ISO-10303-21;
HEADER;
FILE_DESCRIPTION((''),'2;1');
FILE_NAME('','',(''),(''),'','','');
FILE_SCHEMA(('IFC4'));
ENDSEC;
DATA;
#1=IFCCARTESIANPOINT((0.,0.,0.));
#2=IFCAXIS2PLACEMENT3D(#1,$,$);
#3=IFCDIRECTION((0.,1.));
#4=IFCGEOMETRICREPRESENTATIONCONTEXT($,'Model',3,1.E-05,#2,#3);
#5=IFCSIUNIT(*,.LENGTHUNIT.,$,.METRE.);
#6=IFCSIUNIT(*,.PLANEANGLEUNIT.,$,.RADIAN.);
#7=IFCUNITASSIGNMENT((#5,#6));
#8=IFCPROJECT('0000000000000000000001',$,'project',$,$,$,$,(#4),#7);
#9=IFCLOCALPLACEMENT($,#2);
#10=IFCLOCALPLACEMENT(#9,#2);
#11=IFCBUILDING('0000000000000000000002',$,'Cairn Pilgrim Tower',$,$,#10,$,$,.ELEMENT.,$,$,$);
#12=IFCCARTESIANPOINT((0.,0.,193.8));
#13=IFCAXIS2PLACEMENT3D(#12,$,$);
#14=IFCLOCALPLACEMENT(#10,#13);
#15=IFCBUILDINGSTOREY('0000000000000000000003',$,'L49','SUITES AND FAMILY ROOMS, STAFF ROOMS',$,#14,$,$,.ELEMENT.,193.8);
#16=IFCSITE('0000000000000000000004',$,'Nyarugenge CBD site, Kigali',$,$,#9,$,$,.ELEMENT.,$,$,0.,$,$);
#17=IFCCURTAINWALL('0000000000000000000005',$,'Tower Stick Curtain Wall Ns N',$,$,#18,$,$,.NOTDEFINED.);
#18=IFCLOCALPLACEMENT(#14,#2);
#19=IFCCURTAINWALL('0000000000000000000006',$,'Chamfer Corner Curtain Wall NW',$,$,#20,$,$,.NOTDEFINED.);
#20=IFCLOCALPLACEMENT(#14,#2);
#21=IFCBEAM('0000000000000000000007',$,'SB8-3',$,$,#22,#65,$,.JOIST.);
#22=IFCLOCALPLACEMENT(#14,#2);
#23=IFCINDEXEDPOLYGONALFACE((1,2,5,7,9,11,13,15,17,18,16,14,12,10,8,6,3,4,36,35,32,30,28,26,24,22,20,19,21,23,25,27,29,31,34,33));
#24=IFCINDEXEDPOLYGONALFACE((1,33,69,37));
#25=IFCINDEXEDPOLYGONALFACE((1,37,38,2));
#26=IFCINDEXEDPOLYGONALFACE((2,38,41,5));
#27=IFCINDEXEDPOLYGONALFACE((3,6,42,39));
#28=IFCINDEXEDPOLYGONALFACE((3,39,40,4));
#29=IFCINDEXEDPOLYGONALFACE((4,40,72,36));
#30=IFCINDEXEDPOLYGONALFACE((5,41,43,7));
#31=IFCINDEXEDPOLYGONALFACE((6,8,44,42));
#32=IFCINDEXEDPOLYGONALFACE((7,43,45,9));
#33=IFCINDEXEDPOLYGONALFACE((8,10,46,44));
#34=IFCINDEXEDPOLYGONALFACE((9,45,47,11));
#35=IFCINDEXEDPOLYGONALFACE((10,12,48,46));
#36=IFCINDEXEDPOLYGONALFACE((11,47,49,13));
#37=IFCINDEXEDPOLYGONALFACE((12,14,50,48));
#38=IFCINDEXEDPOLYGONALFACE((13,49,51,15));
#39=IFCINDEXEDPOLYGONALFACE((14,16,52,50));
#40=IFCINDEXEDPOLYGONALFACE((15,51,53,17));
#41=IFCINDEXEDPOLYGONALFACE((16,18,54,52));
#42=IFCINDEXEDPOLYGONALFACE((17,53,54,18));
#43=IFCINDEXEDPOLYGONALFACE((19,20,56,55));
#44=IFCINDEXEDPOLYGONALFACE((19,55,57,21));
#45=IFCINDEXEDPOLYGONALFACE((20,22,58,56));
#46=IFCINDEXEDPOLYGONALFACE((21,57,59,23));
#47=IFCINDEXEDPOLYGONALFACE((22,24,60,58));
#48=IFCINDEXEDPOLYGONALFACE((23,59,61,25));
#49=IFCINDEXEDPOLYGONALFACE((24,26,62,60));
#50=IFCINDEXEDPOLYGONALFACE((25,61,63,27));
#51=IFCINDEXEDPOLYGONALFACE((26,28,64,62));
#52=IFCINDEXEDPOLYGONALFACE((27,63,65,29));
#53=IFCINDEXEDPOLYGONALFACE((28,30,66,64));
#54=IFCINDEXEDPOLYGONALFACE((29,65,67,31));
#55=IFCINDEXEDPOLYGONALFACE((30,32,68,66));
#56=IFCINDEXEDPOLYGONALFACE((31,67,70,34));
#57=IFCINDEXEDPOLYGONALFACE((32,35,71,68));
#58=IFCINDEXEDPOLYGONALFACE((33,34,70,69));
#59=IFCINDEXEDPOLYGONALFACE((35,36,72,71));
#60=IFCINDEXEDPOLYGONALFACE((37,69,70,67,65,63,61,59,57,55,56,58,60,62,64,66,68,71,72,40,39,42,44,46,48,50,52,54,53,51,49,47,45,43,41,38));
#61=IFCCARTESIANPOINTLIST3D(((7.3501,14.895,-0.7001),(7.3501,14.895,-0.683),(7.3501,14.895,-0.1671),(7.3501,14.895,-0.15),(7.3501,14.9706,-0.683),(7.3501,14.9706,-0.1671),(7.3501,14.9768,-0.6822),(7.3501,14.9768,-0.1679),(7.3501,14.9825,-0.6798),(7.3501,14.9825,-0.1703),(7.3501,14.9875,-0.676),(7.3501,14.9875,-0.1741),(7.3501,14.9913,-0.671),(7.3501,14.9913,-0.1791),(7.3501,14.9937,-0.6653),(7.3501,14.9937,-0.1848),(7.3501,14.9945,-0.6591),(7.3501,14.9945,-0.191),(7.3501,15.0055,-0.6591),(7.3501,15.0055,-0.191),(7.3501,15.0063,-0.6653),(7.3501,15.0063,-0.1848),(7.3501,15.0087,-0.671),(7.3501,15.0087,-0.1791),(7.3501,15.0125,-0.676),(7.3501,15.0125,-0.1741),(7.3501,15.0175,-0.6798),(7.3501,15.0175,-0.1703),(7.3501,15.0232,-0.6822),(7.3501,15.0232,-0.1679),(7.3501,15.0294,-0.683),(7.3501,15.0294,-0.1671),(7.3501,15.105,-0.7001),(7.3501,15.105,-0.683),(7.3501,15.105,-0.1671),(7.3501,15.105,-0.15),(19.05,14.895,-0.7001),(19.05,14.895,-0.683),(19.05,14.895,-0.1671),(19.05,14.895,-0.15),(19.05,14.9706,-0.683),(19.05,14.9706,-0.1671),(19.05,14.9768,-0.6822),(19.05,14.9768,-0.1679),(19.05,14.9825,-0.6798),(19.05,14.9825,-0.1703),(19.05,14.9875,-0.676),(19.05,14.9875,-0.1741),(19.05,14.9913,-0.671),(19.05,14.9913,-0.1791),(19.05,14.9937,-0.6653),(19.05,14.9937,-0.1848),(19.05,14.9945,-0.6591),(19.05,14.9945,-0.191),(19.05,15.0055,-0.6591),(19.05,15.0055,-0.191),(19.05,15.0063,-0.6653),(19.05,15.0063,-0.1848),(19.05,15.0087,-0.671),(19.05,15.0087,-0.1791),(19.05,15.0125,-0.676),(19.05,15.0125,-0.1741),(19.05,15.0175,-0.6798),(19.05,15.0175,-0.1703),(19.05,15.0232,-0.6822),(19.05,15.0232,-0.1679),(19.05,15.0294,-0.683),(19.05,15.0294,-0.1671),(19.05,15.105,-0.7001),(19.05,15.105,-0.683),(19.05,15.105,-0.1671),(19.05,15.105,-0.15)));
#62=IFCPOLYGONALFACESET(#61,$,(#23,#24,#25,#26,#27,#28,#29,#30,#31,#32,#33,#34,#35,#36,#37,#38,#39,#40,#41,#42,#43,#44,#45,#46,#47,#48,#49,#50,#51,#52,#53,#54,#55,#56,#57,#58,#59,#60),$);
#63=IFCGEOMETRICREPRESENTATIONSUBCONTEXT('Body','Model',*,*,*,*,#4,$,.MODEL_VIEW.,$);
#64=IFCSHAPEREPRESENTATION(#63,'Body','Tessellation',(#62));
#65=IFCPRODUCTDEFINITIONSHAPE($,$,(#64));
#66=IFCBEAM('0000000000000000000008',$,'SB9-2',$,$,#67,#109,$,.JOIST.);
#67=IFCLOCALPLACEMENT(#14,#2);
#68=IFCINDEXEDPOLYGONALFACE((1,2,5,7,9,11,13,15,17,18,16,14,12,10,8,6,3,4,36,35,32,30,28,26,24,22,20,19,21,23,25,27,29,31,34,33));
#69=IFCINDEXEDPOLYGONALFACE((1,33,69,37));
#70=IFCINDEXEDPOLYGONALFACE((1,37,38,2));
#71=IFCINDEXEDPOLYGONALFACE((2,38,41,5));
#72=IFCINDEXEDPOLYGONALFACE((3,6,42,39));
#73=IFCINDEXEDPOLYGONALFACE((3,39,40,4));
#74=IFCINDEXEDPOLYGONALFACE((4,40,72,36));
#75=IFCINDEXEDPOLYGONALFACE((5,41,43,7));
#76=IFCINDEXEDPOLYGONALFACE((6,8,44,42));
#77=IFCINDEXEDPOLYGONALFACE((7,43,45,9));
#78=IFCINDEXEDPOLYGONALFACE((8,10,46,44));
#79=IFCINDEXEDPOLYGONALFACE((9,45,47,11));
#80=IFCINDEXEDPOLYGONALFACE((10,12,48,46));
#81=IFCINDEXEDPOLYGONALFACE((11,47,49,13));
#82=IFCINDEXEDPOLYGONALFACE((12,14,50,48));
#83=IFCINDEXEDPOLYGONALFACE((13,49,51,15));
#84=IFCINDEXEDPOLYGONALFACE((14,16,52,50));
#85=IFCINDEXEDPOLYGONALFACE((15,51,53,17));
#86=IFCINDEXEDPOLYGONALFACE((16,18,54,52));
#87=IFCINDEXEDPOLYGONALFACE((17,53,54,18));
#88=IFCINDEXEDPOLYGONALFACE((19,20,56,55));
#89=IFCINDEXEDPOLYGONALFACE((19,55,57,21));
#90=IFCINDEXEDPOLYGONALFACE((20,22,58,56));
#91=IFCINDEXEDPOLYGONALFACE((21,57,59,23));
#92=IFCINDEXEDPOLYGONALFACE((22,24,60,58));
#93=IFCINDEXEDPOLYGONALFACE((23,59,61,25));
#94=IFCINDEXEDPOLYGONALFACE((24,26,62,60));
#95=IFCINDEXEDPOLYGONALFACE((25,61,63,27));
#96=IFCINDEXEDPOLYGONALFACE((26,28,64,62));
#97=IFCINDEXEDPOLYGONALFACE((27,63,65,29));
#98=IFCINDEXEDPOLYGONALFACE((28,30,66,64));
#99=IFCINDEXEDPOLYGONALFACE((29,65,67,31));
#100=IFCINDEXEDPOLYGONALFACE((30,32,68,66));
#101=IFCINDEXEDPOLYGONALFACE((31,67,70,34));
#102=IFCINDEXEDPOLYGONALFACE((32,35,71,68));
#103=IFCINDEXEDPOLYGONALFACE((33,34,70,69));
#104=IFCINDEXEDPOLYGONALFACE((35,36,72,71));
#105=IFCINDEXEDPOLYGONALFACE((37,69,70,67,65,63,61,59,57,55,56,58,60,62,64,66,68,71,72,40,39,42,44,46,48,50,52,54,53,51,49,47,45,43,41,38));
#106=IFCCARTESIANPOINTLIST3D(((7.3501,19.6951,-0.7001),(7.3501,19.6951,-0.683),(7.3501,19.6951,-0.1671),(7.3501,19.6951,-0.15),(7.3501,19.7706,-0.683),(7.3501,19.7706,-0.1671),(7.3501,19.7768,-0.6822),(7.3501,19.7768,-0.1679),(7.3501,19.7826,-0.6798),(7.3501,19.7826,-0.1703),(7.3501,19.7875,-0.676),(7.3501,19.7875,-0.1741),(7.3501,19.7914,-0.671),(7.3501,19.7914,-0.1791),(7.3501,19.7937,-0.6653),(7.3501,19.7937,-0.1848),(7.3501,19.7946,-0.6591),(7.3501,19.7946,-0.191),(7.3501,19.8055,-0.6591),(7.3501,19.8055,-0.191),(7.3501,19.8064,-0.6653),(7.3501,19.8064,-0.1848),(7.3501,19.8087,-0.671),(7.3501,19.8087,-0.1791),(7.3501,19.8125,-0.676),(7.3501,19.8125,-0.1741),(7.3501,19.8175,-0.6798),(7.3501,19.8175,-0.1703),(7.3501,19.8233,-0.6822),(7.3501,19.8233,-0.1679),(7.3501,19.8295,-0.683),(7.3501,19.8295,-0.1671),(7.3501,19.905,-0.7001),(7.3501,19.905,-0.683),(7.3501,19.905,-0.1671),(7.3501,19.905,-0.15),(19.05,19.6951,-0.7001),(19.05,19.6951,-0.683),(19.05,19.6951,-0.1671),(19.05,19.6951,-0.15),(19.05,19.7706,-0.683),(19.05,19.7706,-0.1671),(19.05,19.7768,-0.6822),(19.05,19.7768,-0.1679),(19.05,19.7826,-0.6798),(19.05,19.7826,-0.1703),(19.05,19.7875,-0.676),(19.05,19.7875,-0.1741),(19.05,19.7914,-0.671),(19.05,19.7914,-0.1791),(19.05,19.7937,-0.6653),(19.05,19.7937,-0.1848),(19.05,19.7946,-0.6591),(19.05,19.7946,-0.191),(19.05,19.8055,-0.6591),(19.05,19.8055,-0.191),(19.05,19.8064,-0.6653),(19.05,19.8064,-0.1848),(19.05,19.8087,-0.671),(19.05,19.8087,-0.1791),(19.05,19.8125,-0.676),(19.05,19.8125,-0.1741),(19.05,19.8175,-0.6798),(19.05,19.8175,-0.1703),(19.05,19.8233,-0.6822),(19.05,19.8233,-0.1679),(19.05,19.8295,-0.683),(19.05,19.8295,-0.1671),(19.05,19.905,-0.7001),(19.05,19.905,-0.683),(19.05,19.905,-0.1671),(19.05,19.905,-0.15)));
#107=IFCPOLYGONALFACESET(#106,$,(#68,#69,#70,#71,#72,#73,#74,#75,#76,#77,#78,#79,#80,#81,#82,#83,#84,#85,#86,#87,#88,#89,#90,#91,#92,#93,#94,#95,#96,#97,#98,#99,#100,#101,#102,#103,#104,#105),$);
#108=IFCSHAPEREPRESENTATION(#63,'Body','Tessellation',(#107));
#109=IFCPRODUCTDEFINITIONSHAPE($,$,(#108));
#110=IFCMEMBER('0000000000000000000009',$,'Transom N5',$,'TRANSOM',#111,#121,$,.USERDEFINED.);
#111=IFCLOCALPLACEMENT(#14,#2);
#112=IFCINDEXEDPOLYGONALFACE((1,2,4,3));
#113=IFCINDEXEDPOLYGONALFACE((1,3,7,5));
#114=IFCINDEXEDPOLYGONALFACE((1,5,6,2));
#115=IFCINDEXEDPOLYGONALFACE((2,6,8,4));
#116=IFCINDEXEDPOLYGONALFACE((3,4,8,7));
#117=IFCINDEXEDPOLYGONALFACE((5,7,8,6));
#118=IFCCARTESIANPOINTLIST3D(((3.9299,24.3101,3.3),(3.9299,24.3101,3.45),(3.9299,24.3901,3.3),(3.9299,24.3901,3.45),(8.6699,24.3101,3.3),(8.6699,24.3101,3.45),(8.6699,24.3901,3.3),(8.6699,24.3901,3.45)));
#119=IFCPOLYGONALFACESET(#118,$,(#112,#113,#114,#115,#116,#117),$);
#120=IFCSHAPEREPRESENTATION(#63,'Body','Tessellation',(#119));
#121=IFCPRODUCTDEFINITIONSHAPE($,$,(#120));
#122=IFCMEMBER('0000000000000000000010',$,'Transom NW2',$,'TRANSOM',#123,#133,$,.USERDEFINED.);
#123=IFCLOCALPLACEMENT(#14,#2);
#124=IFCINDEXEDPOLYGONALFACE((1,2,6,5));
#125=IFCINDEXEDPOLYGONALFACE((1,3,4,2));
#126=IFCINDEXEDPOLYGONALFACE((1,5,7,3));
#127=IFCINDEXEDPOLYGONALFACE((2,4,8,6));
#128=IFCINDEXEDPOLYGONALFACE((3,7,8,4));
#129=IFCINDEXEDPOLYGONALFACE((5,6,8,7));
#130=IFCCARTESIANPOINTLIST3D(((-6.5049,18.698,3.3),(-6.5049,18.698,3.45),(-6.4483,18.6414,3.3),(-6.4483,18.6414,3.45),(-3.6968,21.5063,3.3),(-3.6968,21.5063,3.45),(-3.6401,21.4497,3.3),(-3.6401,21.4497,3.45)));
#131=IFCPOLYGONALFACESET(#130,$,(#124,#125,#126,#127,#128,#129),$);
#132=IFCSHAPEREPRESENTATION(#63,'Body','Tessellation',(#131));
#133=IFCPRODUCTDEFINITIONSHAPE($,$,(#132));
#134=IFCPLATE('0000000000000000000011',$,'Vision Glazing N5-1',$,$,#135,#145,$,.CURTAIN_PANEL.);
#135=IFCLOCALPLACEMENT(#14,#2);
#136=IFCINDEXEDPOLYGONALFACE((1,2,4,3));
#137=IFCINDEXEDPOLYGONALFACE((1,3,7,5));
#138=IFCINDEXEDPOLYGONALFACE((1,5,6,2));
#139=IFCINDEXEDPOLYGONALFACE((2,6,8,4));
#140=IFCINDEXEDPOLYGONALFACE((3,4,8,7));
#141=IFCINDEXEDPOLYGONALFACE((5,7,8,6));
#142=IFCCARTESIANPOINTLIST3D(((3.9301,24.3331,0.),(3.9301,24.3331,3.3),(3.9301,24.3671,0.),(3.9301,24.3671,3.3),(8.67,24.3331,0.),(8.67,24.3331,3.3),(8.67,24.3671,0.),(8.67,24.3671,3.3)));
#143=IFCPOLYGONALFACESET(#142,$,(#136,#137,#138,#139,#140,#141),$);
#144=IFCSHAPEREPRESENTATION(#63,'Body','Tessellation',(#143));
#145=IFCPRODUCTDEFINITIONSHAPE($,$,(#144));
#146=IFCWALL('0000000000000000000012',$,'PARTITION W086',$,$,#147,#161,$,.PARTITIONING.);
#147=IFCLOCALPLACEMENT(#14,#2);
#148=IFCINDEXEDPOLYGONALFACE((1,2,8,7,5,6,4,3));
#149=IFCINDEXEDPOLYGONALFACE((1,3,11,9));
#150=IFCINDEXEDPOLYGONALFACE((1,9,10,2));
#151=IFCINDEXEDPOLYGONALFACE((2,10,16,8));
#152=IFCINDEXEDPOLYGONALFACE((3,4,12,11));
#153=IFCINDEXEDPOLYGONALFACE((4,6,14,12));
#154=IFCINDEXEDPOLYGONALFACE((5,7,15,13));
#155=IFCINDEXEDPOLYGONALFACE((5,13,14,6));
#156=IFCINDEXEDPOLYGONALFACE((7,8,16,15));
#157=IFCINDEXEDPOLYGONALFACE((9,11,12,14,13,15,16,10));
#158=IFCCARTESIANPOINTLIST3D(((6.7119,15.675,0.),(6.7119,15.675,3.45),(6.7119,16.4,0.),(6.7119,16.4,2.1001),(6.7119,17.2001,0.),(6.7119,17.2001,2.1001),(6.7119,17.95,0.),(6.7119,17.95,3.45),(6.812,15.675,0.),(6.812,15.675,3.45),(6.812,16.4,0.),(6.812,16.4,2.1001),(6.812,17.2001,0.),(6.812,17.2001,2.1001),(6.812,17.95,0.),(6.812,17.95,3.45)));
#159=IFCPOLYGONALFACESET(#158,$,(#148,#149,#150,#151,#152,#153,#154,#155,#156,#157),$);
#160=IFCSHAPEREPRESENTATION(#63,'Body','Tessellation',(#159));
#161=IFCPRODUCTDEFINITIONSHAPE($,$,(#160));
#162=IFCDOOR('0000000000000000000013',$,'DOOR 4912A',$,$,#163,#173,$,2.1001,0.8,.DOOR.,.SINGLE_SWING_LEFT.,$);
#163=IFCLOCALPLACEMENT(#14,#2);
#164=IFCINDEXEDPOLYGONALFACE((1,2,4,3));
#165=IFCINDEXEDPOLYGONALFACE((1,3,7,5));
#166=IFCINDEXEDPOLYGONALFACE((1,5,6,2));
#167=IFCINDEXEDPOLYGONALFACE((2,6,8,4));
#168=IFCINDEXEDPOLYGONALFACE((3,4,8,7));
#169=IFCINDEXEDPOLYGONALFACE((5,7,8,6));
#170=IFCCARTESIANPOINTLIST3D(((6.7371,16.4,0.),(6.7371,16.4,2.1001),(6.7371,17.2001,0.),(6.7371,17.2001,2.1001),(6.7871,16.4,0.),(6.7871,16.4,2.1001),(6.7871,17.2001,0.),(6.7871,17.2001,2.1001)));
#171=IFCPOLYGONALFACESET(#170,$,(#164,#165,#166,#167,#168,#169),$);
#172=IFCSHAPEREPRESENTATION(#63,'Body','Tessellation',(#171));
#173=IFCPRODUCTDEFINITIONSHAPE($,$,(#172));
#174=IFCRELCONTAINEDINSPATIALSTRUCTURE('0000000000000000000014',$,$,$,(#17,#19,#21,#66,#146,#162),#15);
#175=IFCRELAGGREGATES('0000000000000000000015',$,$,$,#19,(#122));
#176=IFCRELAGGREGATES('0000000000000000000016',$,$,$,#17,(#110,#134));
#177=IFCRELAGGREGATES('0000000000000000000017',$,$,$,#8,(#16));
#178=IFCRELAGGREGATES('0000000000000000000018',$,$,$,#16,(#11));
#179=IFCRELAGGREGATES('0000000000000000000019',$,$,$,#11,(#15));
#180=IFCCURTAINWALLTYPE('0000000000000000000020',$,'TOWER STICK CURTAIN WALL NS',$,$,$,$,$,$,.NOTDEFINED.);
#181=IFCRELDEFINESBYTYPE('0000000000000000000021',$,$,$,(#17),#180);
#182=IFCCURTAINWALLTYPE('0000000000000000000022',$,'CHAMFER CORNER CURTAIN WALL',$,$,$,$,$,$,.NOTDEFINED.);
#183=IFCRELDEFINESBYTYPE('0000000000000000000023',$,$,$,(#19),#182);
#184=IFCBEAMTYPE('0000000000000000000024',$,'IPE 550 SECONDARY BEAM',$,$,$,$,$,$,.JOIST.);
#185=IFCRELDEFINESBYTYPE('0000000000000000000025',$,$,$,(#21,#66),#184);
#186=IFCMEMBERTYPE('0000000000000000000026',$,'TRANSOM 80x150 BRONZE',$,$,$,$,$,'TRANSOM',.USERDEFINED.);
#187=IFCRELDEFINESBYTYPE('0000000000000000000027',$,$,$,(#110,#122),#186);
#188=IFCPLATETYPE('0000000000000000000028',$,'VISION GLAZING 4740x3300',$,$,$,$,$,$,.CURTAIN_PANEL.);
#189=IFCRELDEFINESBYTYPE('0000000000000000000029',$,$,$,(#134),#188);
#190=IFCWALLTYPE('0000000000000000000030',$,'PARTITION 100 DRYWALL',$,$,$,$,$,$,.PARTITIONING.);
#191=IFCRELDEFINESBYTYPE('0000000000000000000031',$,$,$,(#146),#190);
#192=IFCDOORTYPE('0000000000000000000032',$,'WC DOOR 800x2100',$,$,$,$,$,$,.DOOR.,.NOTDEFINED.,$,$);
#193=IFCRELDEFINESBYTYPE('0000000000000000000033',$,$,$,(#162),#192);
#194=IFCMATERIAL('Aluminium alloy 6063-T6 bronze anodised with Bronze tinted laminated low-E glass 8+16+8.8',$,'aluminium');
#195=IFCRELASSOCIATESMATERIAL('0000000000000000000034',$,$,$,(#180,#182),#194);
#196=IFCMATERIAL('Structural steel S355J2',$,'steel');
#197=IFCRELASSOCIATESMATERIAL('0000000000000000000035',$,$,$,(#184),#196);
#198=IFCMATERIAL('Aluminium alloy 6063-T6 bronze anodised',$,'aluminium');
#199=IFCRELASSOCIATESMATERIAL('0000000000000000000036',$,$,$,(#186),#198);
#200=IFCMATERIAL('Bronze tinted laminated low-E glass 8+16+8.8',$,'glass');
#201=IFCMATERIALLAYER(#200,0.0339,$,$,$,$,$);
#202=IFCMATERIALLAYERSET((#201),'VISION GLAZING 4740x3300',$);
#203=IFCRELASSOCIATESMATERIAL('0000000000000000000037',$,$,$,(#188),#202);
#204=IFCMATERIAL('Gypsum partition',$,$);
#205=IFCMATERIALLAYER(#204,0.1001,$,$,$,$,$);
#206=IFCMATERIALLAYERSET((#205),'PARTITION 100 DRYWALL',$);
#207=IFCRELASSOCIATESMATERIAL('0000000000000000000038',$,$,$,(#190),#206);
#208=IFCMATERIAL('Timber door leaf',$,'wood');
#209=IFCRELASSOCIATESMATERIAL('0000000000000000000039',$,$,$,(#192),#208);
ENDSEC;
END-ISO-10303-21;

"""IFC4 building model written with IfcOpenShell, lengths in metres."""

from ifc_helpers import new_model, si_unit, direction, frame, frame_2d, origin, origin_2d, place, context, subcontext, project, spatial, rectangle, i_section, extrude, material, layer, layer_set, material_profile, profile_set, type_object, element, fill, aggregate, save


model = new_model("IFC4")

# Units and contexts
model_context = context("Model", 3, precision=1e-05, world=origin(), true_north=direction((0.0, 1.0)))
body_context = subcontext(model_context, "Body", "Model", "MODEL_VIEW")
ifc_project = project(units=[si_unit("LENGTHUNIT", "METRE"), si_unit("PLANEANGLEUNIT", "RADIAN")], contexts=[model_context])

# Site, building, storey
site_placement = place(None, origin())
site = spatial("IfcSite", under=ifc_project, at=site_placement, Name="Nyarugenge CBD site, Kigali", CompositionType="ELEMENT", RefElevation=0.0)
building_placement = place(site_placement, origin())
building = spatial("IfcBuilding", under=site, at=building_placement, Name="Cairn Pilgrim Tower", CompositionType="ELEMENT")
storey_placement = place(building_placement, frame((0.0, 0.0, 193.8)))
storey = spatial("IfcBuildingStorey", under=building, at=storey_placement, Name="L49", Description="SUITES AND FAMILY ROOMS, STAFF ROOMS", CompositionType="ELEMENT", Elevation=193.8)

# Shared definitions
ifc_material_1 = material(Name="Structural steel S355J2", Category="steel")

# Curtain wall
ifc_material_2 = material(Name="Aluminium alloy 6063-T6 bronze anodised with Bronze tinted laminated low-E glass 8+16+8.8", Category="aluminium")
curtain_wall_type_1 = type_object("IfcCurtainWallType", Name="TOWER STICK CURTAIN WALL NS", PredefinedType="NOTDEFINED", material=ifc_material_2)
curtain_wall_1_placement = place(storey_placement, origin())
curtain_wall_1 = element("IfcCurtainWall", 1, at=curtain_wall_1_placement, inside=storey, type_object=curtain_wall_type_1, Name="Tower Stick Curtain Wall Ns N", PredefinedType="NOTDEFINED")
ifc_material_3 = material(Name="Aluminium alloy 6063-T6 bronze anodised", Category="aluminium")

# Curtain wall
curtain_wall_type_2 = type_object("IfcCurtainWallType", Name="CHAMFER CORNER CURTAIN WALL", PredefinedType="NOTDEFINED", material=ifc_material_2)
curtain_wall_2_placement = place(storey_placement, origin())
curtain_wall_2 = element("IfcCurtainWall", 2, at=curtain_wall_2_placement, inside=storey, type_object=curtain_wall_type_2, Name="Chamfer Corner Curtain Wall NW", PredefinedType="NOTDEFINED")

# Beams
ifc_material_profile_1 = material_profile(ifc_material_1, i_section(OverallWidth=0.21, OverallDepth=0.55, WebThickness=0.011, FlangeThickness=0.0171, FilletRadius=0.0239, at=origin_2d()), Name="IPE 550")
ifc_profile_set_1 = profile_set([ifc_material_profile_1], Name="Structural steel S355J2")
beam_type_1 = type_object("IfcBeamType", Name="IPE 550 SECONDARY BEAM", PredefinedType="JOIST", material=ifc_profile_set_1)
for number, where, z_axis, x_axis, name in (
    (3, (7.3501, 15.0, -0.425), (1.0, 0.0, 0.0), (0.0, 1.0, 0.0), "SB8-3"),
    (4, (7.3501, 19.8, -0.425), (1.0, 0.0, 0.0), (0.0, 1.0, 0.0), "SB9-2"),
):
    element("IfcBeam", number, at=place(storey_placement, frame(where, z_axis=z_axis, x_axis=x_axis)), inside=storey, type_object=beam_type_1, Name=name, PredefinedType="JOIST", context=body_context, shape_type="SweptSolid", body=[
        extrude(i_section(OverallWidth=0.21, OverallDepth=0.55, WebThickness=0.011, FlangeThickness=0.0171, FilletRadius=0.0239, at=origin_2d()), origin(), (0.0, 0.0, 1.0), 11.7),
    ])

# Members
ifc_material_profile_2 = material_profile(ifc_material_3, rectangle(XDim=0.0801, YDim=0.1499, at=origin_2d()), Name="TRANSOM 80x150 BRONZE")
ifc_profile_set_2 = profile_set([ifc_material_profile_2], Name="Aluminium alloy 6063-T6 bronze anodised")
member_type_1 = type_object("IfcMemberType", Name="TRANSOM 80x150 BRONZE", ElementType="TRANSOM", PredefinedType="USERDEFINED", material=ifc_profile_set_2)
member_1_placement = place(storey_placement, frame((8.6699, 24.3501, 3.375), z_axis=(-1.0, 0.0, 0.0), x_axis=(0.0, -1.0, 0.0)))
member_1 = element("IfcMember", 5, at=member_1_placement, type_object=member_type_1, Name="Transom N5", ObjectType="TRANSOM", PredefinedType="USERDEFINED", context=body_context, shape_type="SweptSolid", body=[
    extrude(rectangle(XDim=0.0801, YDim=0.1499, at=origin_2d()), origin(), (0.0, 0.0, 1.0), 4.74),
])
member_2_placement = place(storey_placement, frame((-3.6685, 21.478, 3.375), z_axis=(-0.707076, -0.707138, 0.0), x_axis=(0.707138, -0.707076, 0.0)))
member_2 = element("IfcMember", 6, at=member_2_placement, type_object=member_type_1, Name="Transom NW2", ObjectType="TRANSOM", PredefinedType="USERDEFINED", context=body_context, shape_type="SweptSolid", body=[
    extrude(rectangle(XDim=0.0801, YDim=0.1499, at=origin_2d()), origin(), (0.0, 0.0, 1.0), 3.9714),
])
aggregate(curtain_wall_2, [member_2])

# Plate
ifc_material_4 = material(Name="Bronze tinted laminated low-E glass 8+16+8.8", Category="glass")
ifc_layer_1 = layer(ifc_material_4, 0.0339)
ifc_layer_set_1 = layer_set([ifc_layer_1], Name="VISION GLAZING 4740x3300")
plate_type = type_object("IfcPlateType", Name="VISION GLAZING 4740x3300", PredefinedType="CURTAIN_PANEL", material=ifc_layer_set_1)
plate_placement = place(storey_placement, frame((6.3, 24.3501, 0.0), z_axis=(0.0, 0.0, 1.0), x_axis=(-1.0, 0.0, 0.0)))
plate = element("IfcPlate", 7, at=plate_placement, type_object=plate_type, Name="Vision Glazing N5-1", PredefinedType="CURTAIN_PANEL", context=body_context, shape_type="SweptSolid", body=[
    extrude(rectangle(XDim=4.74, YDim=0.0339, at=origin_2d()), origin(), (0.0, 0.0, 1.0), 3.3),
])
aggregate(curtain_wall_1, [member_1, plate])

# Wall, opening, door
ifc_material_5 = material(Name="Gypsum partition")
ifc_layer_2 = layer(ifc_material_5, 0.1001)
ifc_layer_set_2 = layer_set([ifc_layer_2], Name="PARTITION 100 DRYWALL")
wall_type_1 = type_object("IfcWallType", Name="PARTITION 100 DRYWALL", PredefinedType="PARTITIONING", material=ifc_layer_set_2)
wall_1_placement = place(storey_placement, frame((6.762, 15.675, 0.0), z_axis=(0.0, 0.0, 1.0), x_axis=(0.0, 1.0, 0.0)))
wall_1 = element("IfcWall", 8, at=wall_1_placement, inside=storey, type_object=wall_type_1, Name="PARTITION W086", PredefinedType="PARTITIONING", context=body_context, shape_type="SweptSolid", body=[
    extrude(rectangle(XDim=2.2749, YDim=0.1001, at=frame_2d((1.1375, 0.0))), origin(), (0.0, 0.0, 1.0), 3.45),
])
opening_1_placement = place(wall_1_placement, frame((0.7251, 0.0, 0.0)))
opening_1 = element("IfcOpeningElement", 9, at=opening_1_placement, cuts=wall_1, PredefinedType="OPENING", context=body_context, shape_type="SweptSolid", body=[
    extrude(rectangle(XDim=0.8, YDim=2.1001, at=frame_2d((0.3999, 1.05))), frame((0.0, 0.0601, 0.0), z_axis=(0.0, -1.0, 0.0), x_axis=(1.0, 0.0, 0.0)), (0.0, 0.0, 1.0), 0.1201),
])
ifc_material_6 = material(Name="Timber door leaf", Category="wood")
door_type_1 = type_object("IfcDoorType", Name="WC DOOR 800x2100", OperationType="NOTDEFINED", PredefinedType="DOOR", material=ifc_material_6)
door_1_placement = place(opening_1_placement, origin())
door_1 = element("IfcDoor", 10, at=door_1_placement, inside=storey, type_object=door_type_1, Name="DOOR 4912A", OperationType="SINGLE_SWING_LEFT", OverallHeight=2.1001, OverallWidth=0.8, PredefinedType="DOOR", context=body_context, shape_type="SweptSolid", body=[
    extrude(rectangle(XDim=0.8, YDim=2.1001, at=frame_2d((0.3999, 1.05))), frame((0.0, 0.0249, 0.0), z_axis=(0.0, -1.0, 0.0), x_axis=(1.0, 0.0, 0.0)), (0.0, 0.0, 1.0), 0.05),
])
fill(opening_1, door_1)

save(model, "model.ifc")
